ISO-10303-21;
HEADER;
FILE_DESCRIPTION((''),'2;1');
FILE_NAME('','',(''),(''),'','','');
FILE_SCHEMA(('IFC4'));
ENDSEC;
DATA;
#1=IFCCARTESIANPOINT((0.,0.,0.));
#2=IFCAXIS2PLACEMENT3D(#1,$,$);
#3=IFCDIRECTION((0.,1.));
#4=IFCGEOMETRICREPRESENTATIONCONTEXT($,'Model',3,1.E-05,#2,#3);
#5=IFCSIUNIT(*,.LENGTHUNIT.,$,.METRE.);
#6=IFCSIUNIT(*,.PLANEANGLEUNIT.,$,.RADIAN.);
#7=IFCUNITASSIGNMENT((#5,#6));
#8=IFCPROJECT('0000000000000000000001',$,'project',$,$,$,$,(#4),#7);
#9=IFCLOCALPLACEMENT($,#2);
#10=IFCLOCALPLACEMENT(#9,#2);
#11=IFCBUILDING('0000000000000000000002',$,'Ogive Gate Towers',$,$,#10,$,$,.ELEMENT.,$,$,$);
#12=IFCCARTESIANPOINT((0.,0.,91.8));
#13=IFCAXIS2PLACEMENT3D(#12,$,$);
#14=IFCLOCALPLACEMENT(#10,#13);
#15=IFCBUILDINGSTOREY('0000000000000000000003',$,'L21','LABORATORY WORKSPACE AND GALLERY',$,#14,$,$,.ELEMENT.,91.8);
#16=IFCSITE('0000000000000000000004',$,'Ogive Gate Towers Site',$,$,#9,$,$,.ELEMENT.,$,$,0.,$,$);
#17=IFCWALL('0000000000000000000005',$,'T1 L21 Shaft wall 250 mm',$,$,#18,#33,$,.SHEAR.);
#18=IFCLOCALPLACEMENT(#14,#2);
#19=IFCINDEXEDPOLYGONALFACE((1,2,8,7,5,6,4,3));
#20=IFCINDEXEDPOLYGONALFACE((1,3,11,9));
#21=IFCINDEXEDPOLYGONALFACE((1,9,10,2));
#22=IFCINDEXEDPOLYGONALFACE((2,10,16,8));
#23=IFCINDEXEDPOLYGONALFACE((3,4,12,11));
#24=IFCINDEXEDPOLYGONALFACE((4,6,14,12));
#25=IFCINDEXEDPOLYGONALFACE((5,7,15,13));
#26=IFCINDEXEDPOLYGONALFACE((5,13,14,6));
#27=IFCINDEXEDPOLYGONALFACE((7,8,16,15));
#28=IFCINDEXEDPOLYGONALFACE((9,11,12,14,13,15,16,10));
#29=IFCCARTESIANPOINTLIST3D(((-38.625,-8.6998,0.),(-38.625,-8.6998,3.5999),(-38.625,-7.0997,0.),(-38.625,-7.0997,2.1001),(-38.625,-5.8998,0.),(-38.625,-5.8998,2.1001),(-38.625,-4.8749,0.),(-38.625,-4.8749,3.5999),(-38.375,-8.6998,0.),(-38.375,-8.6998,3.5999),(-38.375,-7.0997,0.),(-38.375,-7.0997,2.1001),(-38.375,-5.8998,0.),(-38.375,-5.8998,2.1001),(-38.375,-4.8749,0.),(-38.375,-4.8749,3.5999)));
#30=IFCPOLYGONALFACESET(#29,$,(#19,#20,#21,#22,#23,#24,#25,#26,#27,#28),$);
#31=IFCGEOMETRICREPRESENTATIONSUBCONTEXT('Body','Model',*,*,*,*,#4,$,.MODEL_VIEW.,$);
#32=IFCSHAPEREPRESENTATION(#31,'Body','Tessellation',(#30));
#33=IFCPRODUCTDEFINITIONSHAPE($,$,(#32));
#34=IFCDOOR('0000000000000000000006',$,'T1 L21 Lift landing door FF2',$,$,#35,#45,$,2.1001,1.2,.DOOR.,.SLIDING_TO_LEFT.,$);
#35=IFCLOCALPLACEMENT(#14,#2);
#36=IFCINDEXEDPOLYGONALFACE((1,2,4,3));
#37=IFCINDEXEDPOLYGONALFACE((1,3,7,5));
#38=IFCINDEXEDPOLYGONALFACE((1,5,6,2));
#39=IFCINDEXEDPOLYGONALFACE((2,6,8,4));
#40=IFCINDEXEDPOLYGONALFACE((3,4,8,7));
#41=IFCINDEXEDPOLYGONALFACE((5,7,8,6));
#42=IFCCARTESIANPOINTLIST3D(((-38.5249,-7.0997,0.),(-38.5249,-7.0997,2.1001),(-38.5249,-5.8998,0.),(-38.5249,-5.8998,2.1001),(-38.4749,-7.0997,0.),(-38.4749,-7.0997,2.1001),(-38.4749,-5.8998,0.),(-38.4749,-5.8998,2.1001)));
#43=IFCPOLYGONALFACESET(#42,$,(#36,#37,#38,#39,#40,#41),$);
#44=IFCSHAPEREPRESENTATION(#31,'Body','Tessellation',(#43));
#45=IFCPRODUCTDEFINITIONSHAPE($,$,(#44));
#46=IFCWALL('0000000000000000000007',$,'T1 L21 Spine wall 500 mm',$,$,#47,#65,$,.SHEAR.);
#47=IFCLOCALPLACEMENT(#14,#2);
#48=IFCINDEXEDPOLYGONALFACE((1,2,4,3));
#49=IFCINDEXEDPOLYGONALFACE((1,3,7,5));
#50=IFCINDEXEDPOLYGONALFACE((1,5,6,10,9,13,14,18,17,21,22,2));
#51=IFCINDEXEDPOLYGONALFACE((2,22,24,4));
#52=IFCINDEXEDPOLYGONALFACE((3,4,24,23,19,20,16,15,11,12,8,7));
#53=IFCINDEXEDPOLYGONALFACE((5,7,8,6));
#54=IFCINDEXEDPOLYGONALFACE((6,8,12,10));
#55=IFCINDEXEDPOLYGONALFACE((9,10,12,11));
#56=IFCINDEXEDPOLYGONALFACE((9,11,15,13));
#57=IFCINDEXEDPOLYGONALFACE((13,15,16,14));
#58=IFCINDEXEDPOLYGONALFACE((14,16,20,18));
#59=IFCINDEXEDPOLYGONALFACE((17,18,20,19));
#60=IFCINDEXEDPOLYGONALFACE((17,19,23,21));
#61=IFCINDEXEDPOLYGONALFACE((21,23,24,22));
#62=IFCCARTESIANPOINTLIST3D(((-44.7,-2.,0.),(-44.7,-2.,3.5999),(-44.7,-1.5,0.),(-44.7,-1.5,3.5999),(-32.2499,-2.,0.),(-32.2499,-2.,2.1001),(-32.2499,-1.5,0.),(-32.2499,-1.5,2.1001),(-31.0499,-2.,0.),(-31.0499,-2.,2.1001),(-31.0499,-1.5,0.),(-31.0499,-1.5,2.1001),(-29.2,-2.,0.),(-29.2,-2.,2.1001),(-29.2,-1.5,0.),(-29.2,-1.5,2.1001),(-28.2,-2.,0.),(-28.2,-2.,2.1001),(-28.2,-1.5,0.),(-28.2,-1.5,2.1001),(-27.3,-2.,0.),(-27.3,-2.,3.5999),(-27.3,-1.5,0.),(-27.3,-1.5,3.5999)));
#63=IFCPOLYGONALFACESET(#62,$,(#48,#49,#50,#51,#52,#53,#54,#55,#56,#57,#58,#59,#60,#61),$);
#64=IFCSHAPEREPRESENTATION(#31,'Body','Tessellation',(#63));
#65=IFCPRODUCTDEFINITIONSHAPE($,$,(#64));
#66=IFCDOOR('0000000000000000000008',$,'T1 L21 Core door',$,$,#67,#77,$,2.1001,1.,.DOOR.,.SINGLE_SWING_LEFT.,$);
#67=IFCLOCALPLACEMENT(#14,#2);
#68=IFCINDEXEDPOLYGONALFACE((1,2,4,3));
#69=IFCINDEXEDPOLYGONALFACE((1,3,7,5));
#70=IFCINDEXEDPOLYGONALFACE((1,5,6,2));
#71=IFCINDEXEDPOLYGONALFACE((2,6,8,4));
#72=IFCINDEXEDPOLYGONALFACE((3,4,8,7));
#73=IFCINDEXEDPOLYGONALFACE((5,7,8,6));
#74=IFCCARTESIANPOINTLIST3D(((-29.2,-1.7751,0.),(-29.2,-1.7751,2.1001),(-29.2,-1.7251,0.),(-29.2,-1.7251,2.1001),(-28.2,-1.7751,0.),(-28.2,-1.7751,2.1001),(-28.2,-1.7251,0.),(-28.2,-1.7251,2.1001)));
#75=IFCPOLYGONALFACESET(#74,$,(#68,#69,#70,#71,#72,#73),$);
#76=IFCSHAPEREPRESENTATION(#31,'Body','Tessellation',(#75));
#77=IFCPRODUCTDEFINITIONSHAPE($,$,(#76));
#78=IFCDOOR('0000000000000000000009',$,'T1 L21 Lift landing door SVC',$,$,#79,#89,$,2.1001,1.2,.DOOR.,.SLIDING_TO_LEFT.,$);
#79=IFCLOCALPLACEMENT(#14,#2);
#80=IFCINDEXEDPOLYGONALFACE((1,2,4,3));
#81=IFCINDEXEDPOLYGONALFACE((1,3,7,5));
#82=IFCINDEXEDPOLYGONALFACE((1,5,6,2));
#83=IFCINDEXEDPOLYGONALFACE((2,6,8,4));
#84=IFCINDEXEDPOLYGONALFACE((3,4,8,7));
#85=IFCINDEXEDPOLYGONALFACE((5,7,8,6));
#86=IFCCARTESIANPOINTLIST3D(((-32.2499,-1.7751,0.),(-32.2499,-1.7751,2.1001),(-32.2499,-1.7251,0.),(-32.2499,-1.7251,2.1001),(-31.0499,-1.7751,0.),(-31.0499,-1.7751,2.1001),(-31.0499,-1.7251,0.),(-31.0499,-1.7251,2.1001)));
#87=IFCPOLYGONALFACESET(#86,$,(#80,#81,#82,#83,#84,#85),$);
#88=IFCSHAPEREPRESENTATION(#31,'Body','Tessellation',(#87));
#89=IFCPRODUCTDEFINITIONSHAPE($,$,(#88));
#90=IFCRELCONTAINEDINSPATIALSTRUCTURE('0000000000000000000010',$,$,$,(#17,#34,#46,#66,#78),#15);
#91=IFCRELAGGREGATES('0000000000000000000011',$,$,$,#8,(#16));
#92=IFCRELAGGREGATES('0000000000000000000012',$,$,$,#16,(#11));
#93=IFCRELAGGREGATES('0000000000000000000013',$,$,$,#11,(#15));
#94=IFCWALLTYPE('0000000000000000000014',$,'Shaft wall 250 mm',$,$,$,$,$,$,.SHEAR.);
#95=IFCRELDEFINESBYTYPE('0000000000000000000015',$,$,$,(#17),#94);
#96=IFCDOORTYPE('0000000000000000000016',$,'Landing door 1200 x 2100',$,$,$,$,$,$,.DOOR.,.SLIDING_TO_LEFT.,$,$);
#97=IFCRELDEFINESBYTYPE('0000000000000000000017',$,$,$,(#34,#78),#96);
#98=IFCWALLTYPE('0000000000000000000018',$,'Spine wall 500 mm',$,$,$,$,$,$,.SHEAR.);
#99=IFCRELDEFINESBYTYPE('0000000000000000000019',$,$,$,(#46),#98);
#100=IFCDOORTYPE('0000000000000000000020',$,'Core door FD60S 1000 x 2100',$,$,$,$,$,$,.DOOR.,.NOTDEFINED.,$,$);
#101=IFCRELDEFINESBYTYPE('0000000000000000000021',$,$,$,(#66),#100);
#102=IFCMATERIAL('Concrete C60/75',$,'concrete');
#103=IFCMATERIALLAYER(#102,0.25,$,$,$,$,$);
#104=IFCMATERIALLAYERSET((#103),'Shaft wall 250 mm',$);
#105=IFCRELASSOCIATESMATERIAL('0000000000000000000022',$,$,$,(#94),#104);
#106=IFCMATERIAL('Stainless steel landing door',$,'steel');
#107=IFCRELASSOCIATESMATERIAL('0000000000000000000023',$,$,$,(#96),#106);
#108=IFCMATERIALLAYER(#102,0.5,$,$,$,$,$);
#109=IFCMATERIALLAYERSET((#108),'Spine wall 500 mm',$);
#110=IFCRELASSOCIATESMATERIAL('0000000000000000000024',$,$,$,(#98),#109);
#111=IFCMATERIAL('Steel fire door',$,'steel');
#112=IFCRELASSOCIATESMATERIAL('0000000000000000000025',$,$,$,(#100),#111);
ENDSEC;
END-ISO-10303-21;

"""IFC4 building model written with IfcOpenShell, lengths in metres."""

from ifc_helpers import new_model, si_unit, direction, frame, frame_2d, origin, place, context, subcontext, project, spatial, rectangle, extrude, material, layer, layer_set, type_object, element, fill, save


model = new_model("IFC4")

# Units and contexts
model_context = context("Model", 3, precision=1e-05, world=origin(), true_north=direction((0.0, 1.0)))
body_context = subcontext(model_context, "Body", "Model", "MODEL_VIEW")
ifc_project = project(units=[si_unit("LENGTHUNIT", "METRE"), si_unit("PLANEANGLEUNIT", "RADIAN")], contexts=[model_context])

# Site, building, storey
site_placement = place(None, origin())
site = spatial("IfcSite", under=ifc_project, at=site_placement, Name="Ogive Gate Towers Site", CompositionType="ELEMENT", RefElevation=0.0)
building_placement = place(site_placement, origin())
building = spatial("IfcBuilding", under=site, at=building_placement, Name="Ogive Gate Towers", CompositionType="ELEMENT")
storey_placement = place(building_placement, frame((0.0, 0.0, 91.8)))
storey = spatial("IfcBuildingStorey", under=building, at=storey_placement, Name="L21", Description="LABORATORY WORKSPACE AND GALLERY", CompositionType="ELEMENT", Elevation=91.8)

# Shared definitions
ifc_material_1 = material(Name="Concrete C60/75", Category="concrete")
ifc_material_2 = material(Name="Steel fire door", Category="steel")

# Shared definitions
ifc_layer_1 = layer(ifc_material_1, 0.25)
ifc_layer_set_1 = layer_set([ifc_layer_1], Name="Shaft wall 250 mm")
wall_type_1 = type_object("IfcWallType", Name="Shaft wall 250 mm", PredefinedType="SHEAR", material=ifc_layer_set_1)

# Wall, opening, door
wall_1_placement = place(storey_placement, frame((-38.5, -8.7, 0.0), z_axis=(0.0, 0.0, 1.0), x_axis=(0.0, 1.0, 0.0)))
wall_1 = element("IfcWall", 1, at=wall_1_placement, inside=storey, type_object=wall_type_1, Name="T1 L21 Shaft wall 250 mm", PredefinedType="SHEAR", context=body_context, shape_type="SweptSolid", body=[
    extrude(rectangle(XDim=3.825, YDim=0.25, at=frame_2d((1.9126, 0.0))), origin(), (0.0, 0.0, 1.0), 3.5999),
])
opening_1_placement = place(wall_1_placement, frame((1.6001, 0.0, 0.0)))
opening_1 = element("IfcOpeningElement", 2, at=opening_1_placement, cuts=wall_1, PredefinedType="OPENING", context=body_context, shape_type="SweptSolid", body=[
    extrude(rectangle(XDim=1.2, YDim=2.1001, at=frame_2d((0.6001, 1.05))), frame((0.0, 0.135, 0.0), z_axis=(0.0, -1.0, 0.0), x_axis=(1.0, 0.0, 0.0)), (0.0, 0.0, 1.0), 0.27),
])
ifc_material_3 = material(Name="Stainless steel landing door", Category="steel")
door_type_1 = type_object("IfcDoorType", Name="Landing door 1200 x 2100", OperationType="SLIDING_TO_LEFT", PredefinedType="DOOR", material=ifc_material_3)
door_1_placement = place(opening_1_placement, origin())
door_1 = element("IfcDoor", 3, at=door_1_placement, inside=storey, type_object=door_type_1, Name="T1 L21 Lift landing door FF2", OperationType="SLIDING_TO_LEFT", OverallHeight=2.1001, OverallWidth=1.2, PredefinedType="DOOR", context=body_context, shape_type="SweptSolid", body=[
    extrude(rectangle(XDim=1.2, YDim=2.1001, at=frame_2d((0.6001, 1.05))), frame((0.0, 0.0249, 0.0), z_axis=(0.0, -1.0, 0.0), x_axis=(1.0, 0.0, 0.0)), (0.0, 0.0, 1.0), 0.05),
])
fill(opening_1, door_1)

# Wall, openings, doors
ifc_layer_2 = layer(ifc_material_1, 0.5)
ifc_layer_set_2 = layer_set([ifc_layer_2], Name="Spine wall 500 mm")
wall_type_2 = type_object("IfcWallType", Name="Spine wall 500 mm", PredefinedType="SHEAR", material=ifc_layer_set_2)
wall_2_placement = place(storey_placement, frame((-44.7, -1.75, 0.0), z_axis=(0.0, 0.0, 1.0), x_axis=(1.0, 0.0, 0.0)))
wall_2 = element("IfcWall", 4, at=wall_2_placement, inside=storey, type_object=wall_type_2, Name="T1 L21 Spine wall 500 mm", PredefinedType="SHEAR", context=body_context, shape_type="SweptSolid", body=[
    extrude(rectangle(XDim=17.3999, YDim=0.5, at=frame_2d((8.7, 0.0))), origin(), (0.0, 0.0, 1.0), 3.5999),
])
opening_2_placement = place(wall_2_placement, frame((12.45, 0.0, 0.0)))
opening_2 = element("IfcOpeningElement", 5, at=opening_2_placement, cuts=wall_2, PredefinedType="OPENING", context=body_context, shape_type="SweptSolid", body=[
    extrude(rectangle(XDim=1.2, YDim=2.1001, at=frame_2d((0.6001, 1.05))), frame((0.0, 0.26, 0.0), z_axis=(0.0, -1.0, 0.0), x_axis=(1.0, 0.0, 0.0)), (0.0, 0.0, 1.0), 0.52),
])
opening_3_placement = place(wall_2_placement, frame((15.5, 0.0, 0.0)))
opening_3 = element("IfcOpeningElement", 6, at=opening_3_placement, cuts=wall_2, PredefinedType="OPENING", context=body_context, shape_type="SweptSolid", body=[
    extrude(rectangle(XDim=1.0, YDim=2.1001, at=frame_2d((0.5, 1.05))), frame((0.0, 0.26, 0.0), z_axis=(0.0, -1.0, 0.0), x_axis=(1.0, 0.0, 0.0)), (0.0, 0.0, 1.0), 0.52),
])
door_type_2 = type_object("IfcDoorType", Name="Core door FD60S 1000 x 2100", OperationType="NOTDEFINED", PredefinedType="DOOR", material=ifc_material_2)
door_2_placement = place(opening_3_placement, origin())
door_2 = element("IfcDoor", 7, at=door_2_placement, inside=storey, type_object=door_type_2, Name="T1 L21 Core door", OperationType="SINGLE_SWING_LEFT", OverallHeight=2.1001, OverallWidth=1.0, PredefinedType="DOOR", context=body_context, shape_type="SweptSolid", body=[
    extrude(rectangle(XDim=1.0, YDim=2.1001, at=frame_2d((0.5, 1.05))), frame((0.0, 0.0249, 0.0), z_axis=(0.0, -1.0, 0.0), x_axis=(1.0, 0.0, 0.0)), (0.0, 0.0, 1.0), 0.05),
])
fill(opening_3, door_2)
door_3_placement = place(opening_2_placement, origin())
door_3 = element("IfcDoor", 8, at=door_3_placement, inside=storey, type_object=door_type_1, Name="T1 L21 Lift landing door SVC", OperationType="SLIDING_TO_LEFT", OverallHeight=2.1001, OverallWidth=1.2, PredefinedType="DOOR", context=body_context, shape_type="SweptSolid", body=[
    extrude(rectangle(XDim=1.2, YDim=2.1001, at=frame_2d((0.6001, 1.05))), frame((0.0, 0.0249, 0.0), z_axis=(0.0, -1.0, 0.0), x_axis=(1.0, 0.0, 0.0)), (0.0, 0.0, 1.0), 0.05),
])
fill(opening_2, door_3)

save(model, "model.ifc")
